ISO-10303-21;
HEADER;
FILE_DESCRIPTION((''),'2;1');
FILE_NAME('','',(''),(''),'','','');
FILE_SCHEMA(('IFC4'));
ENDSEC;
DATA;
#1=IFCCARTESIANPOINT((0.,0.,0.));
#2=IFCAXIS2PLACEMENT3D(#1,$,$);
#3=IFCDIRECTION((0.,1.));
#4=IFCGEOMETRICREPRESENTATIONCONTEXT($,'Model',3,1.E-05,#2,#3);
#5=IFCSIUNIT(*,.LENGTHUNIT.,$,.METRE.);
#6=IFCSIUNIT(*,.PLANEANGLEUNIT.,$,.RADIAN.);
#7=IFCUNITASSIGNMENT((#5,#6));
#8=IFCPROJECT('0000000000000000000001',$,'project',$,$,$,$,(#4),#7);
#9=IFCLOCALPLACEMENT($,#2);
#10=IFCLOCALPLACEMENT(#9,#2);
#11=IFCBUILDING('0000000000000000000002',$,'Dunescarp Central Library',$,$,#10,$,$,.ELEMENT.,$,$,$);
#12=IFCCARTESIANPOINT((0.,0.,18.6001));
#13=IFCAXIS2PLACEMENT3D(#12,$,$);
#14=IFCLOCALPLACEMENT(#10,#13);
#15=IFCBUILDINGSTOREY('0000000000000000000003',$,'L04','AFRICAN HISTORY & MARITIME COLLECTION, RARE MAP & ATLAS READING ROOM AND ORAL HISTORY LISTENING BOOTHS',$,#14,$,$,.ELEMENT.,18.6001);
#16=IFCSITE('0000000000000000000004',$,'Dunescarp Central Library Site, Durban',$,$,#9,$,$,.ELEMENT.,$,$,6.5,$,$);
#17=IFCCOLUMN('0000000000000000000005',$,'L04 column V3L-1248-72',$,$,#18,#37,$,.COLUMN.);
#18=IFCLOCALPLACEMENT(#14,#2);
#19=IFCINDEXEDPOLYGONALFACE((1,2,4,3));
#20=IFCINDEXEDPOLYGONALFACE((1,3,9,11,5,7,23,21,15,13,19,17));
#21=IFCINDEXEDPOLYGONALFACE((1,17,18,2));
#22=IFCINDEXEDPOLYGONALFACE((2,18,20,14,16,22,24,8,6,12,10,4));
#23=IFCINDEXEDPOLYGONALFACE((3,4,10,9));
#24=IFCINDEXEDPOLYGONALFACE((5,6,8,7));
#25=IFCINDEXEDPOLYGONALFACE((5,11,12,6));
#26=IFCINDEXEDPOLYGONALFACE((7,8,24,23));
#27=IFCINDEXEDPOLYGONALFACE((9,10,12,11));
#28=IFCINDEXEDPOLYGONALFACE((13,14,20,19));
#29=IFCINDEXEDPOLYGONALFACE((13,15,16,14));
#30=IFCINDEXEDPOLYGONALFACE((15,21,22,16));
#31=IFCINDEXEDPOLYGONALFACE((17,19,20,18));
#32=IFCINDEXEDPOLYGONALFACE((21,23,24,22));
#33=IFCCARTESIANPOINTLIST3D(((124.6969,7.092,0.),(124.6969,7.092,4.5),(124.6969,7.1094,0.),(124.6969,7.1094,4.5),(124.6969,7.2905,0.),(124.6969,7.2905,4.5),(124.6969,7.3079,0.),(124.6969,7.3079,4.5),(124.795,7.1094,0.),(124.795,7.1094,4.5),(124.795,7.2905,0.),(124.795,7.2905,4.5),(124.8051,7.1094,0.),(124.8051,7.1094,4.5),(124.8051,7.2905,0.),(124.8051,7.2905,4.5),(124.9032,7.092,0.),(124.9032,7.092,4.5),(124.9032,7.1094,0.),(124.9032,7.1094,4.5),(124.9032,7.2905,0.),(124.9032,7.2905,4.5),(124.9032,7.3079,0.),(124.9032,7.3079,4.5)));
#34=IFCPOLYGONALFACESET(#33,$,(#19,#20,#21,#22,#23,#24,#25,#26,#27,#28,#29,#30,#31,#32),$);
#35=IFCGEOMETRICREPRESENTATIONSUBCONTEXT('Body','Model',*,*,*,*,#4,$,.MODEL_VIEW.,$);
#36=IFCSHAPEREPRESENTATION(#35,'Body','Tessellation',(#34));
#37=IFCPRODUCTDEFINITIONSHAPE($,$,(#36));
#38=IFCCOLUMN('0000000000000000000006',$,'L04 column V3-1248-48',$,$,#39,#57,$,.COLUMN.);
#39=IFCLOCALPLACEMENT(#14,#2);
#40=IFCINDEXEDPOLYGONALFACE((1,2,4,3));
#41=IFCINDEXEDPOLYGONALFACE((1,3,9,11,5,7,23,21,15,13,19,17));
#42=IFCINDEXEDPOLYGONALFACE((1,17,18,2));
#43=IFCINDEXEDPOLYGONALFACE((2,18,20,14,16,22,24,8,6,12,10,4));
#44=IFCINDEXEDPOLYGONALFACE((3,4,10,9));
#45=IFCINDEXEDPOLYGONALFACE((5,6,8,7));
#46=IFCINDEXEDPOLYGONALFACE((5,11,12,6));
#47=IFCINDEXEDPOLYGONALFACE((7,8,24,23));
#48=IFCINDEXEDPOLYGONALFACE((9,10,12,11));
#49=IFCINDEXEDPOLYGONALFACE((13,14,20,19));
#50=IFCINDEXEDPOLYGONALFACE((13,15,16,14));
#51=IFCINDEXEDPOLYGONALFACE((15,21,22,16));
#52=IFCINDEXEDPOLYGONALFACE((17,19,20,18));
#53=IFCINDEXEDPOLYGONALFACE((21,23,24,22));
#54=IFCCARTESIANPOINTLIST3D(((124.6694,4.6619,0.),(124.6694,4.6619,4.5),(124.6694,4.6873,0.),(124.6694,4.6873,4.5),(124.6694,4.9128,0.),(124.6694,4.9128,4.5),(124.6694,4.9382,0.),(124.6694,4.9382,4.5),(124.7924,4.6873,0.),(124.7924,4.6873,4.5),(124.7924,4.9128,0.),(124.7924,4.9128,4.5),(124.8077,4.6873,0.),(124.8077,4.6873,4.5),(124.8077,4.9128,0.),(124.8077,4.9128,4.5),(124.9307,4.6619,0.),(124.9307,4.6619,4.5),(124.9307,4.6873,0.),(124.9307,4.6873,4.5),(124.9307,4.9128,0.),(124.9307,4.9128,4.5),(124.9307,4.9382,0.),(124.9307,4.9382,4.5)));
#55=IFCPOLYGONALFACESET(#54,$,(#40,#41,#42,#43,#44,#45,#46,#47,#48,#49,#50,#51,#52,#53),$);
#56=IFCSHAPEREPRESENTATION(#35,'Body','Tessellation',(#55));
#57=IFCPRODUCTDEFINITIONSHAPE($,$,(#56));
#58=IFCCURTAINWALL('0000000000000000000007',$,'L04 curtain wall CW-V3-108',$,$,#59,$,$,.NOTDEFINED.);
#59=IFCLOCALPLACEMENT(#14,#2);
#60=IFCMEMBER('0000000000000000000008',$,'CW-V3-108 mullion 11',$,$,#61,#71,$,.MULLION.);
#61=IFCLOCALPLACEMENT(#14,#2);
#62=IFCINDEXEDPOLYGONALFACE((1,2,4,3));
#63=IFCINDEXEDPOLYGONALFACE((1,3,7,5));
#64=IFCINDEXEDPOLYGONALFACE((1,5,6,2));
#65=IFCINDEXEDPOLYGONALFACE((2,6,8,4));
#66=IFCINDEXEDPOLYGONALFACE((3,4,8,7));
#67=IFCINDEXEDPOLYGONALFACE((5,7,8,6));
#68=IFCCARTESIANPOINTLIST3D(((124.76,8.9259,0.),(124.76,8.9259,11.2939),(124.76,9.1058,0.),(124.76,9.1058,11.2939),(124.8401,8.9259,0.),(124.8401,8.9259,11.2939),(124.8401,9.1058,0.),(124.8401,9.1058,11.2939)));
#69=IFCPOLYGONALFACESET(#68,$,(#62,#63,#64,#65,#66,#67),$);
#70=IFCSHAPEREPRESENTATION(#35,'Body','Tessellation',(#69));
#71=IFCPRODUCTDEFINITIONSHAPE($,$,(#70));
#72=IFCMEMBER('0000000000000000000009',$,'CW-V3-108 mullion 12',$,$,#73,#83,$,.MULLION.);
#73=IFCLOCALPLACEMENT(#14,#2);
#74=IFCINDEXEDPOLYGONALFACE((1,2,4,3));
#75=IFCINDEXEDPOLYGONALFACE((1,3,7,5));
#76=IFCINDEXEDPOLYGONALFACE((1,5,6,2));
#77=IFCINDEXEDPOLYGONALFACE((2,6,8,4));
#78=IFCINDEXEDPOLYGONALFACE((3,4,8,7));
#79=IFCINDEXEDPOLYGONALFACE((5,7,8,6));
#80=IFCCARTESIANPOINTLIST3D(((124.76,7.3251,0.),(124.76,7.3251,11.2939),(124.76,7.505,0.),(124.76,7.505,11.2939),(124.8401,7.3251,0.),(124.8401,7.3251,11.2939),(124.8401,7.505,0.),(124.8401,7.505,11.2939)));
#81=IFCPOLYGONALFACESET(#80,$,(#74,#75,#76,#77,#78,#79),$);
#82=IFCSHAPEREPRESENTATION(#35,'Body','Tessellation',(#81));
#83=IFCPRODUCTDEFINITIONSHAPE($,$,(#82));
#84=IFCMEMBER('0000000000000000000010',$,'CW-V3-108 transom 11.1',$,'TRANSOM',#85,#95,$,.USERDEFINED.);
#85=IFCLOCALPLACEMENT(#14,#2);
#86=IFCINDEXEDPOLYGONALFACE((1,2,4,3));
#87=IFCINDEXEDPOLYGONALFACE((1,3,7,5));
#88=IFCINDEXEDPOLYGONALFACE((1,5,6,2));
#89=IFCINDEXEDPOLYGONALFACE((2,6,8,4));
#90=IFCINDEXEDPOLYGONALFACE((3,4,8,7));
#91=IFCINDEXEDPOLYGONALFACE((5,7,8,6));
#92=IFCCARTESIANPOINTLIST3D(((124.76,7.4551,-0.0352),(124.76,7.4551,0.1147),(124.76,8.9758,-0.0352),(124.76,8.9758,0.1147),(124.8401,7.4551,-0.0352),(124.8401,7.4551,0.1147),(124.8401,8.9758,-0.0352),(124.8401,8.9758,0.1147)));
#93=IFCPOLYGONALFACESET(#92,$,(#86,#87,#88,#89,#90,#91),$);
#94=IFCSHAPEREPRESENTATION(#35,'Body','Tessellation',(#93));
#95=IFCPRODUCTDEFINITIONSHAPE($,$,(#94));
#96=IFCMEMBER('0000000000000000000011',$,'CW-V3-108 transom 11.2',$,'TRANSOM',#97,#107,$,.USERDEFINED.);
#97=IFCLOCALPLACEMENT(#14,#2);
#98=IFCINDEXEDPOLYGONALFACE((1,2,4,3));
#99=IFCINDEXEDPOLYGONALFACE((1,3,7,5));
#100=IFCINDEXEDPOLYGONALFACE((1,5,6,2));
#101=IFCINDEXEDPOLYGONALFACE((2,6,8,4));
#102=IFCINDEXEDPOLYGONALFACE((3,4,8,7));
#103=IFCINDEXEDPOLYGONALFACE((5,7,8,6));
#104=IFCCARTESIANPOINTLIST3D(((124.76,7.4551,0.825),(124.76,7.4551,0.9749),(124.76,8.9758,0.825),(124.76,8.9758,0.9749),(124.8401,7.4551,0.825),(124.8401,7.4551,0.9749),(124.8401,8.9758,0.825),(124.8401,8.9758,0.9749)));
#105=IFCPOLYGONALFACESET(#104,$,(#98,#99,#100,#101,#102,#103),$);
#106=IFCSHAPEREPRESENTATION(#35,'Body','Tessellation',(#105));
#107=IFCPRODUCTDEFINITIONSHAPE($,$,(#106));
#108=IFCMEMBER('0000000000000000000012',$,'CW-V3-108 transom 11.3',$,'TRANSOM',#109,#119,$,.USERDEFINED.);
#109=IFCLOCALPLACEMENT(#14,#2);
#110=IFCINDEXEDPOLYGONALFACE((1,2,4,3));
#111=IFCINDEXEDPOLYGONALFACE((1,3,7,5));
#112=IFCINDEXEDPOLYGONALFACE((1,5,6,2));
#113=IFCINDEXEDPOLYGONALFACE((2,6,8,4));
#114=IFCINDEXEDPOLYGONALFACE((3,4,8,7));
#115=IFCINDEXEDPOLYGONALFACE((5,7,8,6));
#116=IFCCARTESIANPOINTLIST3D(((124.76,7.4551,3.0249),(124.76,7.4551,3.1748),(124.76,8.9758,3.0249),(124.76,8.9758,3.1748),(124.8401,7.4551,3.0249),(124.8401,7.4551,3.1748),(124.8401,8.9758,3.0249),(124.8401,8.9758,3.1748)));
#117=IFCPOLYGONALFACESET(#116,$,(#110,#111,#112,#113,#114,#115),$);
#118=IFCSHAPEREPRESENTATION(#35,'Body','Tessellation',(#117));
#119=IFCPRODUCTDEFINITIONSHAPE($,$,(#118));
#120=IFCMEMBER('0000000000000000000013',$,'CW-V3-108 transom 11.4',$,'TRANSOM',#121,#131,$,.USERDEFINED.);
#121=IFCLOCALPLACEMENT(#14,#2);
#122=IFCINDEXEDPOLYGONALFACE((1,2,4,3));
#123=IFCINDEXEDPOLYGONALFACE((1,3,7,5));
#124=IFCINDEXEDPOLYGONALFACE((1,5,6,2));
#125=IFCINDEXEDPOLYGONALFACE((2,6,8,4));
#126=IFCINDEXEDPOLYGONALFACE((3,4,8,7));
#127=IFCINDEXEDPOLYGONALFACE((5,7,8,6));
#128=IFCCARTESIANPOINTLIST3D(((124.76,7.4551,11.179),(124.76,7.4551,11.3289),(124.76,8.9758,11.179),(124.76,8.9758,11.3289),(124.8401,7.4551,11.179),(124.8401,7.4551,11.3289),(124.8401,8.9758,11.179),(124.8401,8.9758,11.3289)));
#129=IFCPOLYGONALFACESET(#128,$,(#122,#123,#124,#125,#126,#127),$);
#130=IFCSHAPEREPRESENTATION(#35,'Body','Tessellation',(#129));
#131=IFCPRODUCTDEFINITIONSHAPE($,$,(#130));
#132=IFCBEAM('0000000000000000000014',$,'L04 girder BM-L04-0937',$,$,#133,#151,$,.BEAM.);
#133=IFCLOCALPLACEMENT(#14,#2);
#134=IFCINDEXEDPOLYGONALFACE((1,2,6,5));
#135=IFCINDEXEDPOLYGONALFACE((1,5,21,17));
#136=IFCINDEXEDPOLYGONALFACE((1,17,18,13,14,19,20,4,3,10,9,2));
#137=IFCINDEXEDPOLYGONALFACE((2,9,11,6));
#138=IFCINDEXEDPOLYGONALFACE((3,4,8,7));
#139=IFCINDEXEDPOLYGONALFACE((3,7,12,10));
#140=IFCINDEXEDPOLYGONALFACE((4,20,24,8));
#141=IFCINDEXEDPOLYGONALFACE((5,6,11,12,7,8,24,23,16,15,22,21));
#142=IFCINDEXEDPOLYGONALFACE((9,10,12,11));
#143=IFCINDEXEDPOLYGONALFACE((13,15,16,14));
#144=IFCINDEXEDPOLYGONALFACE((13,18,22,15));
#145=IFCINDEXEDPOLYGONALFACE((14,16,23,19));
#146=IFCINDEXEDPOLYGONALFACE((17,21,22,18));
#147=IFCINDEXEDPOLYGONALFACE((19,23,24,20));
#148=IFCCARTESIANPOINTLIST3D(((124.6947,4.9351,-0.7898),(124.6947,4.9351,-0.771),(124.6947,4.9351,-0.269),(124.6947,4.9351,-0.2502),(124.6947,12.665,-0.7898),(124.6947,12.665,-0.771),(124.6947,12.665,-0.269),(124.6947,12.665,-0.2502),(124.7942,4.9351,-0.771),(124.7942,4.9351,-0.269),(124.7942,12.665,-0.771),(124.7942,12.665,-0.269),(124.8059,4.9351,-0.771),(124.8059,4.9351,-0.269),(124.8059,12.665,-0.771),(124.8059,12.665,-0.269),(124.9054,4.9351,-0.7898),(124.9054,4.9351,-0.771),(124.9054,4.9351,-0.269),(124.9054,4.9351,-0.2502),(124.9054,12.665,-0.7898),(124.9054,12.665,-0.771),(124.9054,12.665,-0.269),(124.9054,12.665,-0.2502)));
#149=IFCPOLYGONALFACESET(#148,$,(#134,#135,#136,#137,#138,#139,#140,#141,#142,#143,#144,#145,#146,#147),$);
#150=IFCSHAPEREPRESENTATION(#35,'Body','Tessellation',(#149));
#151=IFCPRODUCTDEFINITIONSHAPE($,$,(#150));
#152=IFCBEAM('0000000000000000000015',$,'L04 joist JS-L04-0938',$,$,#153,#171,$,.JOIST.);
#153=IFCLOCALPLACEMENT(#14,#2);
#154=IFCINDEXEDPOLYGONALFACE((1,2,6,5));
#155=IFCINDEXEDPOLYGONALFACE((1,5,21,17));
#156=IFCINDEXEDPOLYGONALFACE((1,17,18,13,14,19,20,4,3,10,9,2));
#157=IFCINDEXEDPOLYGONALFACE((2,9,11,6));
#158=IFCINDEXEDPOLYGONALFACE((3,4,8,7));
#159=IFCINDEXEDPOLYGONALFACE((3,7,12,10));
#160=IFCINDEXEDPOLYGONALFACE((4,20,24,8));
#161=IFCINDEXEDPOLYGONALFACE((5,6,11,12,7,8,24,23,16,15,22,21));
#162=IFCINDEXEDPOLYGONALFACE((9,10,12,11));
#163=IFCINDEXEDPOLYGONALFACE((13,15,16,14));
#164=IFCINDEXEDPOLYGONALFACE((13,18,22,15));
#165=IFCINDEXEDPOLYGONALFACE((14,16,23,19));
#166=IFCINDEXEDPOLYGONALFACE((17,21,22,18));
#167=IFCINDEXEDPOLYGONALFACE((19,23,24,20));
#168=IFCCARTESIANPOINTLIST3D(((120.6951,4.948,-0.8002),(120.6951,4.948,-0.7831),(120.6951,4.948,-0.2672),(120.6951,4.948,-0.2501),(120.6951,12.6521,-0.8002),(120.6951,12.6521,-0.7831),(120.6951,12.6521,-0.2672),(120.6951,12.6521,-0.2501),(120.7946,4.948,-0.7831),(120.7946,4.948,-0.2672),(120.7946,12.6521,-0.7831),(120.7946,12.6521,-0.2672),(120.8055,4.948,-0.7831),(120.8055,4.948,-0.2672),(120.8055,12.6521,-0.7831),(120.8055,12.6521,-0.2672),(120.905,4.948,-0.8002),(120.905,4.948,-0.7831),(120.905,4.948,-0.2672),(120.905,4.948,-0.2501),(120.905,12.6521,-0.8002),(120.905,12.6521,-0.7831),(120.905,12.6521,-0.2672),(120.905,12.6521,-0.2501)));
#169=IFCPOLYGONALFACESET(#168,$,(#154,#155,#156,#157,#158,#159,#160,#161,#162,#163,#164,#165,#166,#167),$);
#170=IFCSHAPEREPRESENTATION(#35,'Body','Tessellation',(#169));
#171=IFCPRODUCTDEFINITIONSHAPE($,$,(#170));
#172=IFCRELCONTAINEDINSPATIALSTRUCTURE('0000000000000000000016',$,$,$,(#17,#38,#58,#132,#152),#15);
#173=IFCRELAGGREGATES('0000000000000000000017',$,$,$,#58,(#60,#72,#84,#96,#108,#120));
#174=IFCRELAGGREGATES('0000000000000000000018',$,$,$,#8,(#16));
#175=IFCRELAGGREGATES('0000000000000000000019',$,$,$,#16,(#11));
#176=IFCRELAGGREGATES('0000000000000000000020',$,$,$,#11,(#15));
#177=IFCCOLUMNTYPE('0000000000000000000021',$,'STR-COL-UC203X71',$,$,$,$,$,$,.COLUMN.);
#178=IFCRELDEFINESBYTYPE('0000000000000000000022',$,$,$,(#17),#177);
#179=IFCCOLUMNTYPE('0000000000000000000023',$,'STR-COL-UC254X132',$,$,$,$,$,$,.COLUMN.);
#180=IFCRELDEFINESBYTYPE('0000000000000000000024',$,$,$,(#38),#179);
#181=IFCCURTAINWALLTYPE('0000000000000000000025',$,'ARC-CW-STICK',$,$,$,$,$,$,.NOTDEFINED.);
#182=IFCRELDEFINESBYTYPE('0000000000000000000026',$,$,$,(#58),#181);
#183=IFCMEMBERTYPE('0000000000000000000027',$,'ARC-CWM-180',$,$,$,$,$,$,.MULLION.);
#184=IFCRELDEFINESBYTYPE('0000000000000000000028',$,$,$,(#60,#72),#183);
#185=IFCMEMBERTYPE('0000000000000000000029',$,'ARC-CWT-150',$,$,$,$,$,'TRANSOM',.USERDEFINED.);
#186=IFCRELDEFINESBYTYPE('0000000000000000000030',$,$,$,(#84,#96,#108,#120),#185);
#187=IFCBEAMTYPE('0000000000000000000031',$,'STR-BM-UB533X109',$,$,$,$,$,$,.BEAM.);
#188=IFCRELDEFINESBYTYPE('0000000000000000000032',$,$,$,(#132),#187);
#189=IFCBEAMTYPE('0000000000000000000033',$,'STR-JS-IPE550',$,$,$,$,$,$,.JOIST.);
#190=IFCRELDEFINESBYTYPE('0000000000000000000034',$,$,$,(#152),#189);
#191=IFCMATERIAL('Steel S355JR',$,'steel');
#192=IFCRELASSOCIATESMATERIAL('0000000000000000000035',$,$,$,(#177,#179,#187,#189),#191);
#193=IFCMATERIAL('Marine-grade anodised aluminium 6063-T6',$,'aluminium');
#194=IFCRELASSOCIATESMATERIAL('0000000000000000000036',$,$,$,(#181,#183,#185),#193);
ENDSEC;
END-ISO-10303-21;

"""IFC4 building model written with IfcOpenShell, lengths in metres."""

from ifc_helpers import new_model, si_unit, direction, frame, origin, origin_2d, place, context, subcontext, project, spatial, rectangle, i_section, extrude, material, material_profile, profile_set, type_object, element, aggregate, save


model = new_model("IFC4")

# Units and contexts
model_context = context("Model", 3, precision=1e-05, world=origin(), true_north=direction((0.0, 1.0)))
body_context = subcontext(model_context, "Body", "Model", "MODEL_VIEW")
ifc_project = project(units=[si_unit("LENGTHUNIT", "METRE"), si_unit("PLANEANGLEUNIT", "RADIAN")], contexts=[model_context])

# Site, building, storey
site_placement = place(None, origin())
site = spatial("IfcSite", under=ifc_project, at=site_placement, Name="Dunescarp Central Library Site, Durban", CompositionType="ELEMENT", RefElevation=6.5)
building_placement = place(site_placement, origin())
building = spatial("IfcBuilding", under=site, at=building_placement, Name="Dunescarp Central Library", CompositionType="ELEMENT")
storey_placement = place(building_placement, frame((0.0, 0.0, 18.6001)))
storey = spatial("IfcBuildingStorey", under=building, at=storey_placement, Name="L04", Description="AFRICAN HISTORY & MARITIME COLLECTION, RARE MAP & ATLAS READING ROOM AND ORAL HISTORY LISTENING BOOTHS", CompositionType="ELEMENT", Elevation=18.6001)

# Columns
ifc_material_1 = material(Name="Steel S355JR", Category="steel")
ifc_material_profile_1 = material_profile(ifc_material_1, i_section(OverallWidth=0.2063, OverallDepth=0.2158, WebThickness=0.01, FlangeThickness=0.0173, at=origin_2d()), Name="UC 203x203x71")
ifc_profile_set_1 = profile_set([ifc_material_profile_1], Name="Steel S355JR")
column_type_1 = type_object("IfcColumnType", Name="STR-COL-UC203X71", PredefinedType="COLUMN", material=ifc_profile_set_1)
column_1_placement = place(storey_placement, frame((124.8, 7.2, 0.0), z_axis=(0.0, 0.0, 1.0), x_axis=(1.0, 0.0, 0.0)))
element("IfcColumn", 1, at=column_1_placement, inside=storey, type_object=column_type_1, Name="L04 column V3L-1248-72", PredefinedType="COLUMN", context=body_context, shape_type="SweptSolid", body=[
    extrude(i_section(OverallWidth=0.2063, OverallDepth=0.2158, WebThickness=0.01, FlangeThickness=0.0173, at=origin_2d()), origin(), (0.0, 0.0, 1.0), 4.5),
])
ifc_material_profile_2 = material_profile(ifc_material_1, i_section(OverallWidth=0.2612, OverallDepth=0.2764, WebThickness=0.0154, FlangeThickness=0.0254, at=origin_2d()), Name="UC 254x254x132")
ifc_profile_set_2 = profile_set([ifc_material_profile_2], Name="Steel S355JR")
column_type_2 = type_object("IfcColumnType", Name="STR-COL-UC254X132", PredefinedType="COLUMN", material=ifc_profile_set_2)
column_2_placement = place(storey_placement, frame((124.8, 4.8, 0.0), z_axis=(0.0, 0.0, 1.0), x_axis=(1.0, 0.0, 0.0)))
element("IfcColumn", 2, at=column_2_placement, inside=storey, type_object=column_type_2, Name="L04 column V3-1248-48", PredefinedType="COLUMN", context=body_context, shape_type="SweptSolid", body=[
    extrude(i_section(OverallWidth=0.2612, OverallDepth=0.2764, WebThickness=0.0154, FlangeThickness=0.0254, at=origin_2d()), origin(), (0.0, 0.0, 1.0), 4.5),
])

# Curtain wall, members
ifc_material_2 = material(Name="Marine-grade anodised aluminium 6063-T6", Category="aluminium")
curtain_wall_type = type_object("IfcCurtainWallType", Name="ARC-CW-STICK", PredefinedType="NOTDEFINED", material=ifc_material_2)
curtain_wall_placement = place(storey_placement, origin())
curtain_wall = element("IfcCurtainWall", 3, at=curtain_wall_placement, inside=storey, type_object=curtain_wall_type, Name="L04 curtain wall CW-V3-108", PredefinedType="NOTDEFINED")
ifc_material_profile_3 = material_profile(ifc_material_2, rectangle(XDim=0.0801, YDim=0.1799, at=origin_2d()), Name="AL 80x180")
ifc_profile_set_3 = profile_set([ifc_material_profile_3], Name="Marine-grade anodised aluminium 6063-T6")
member_type_1 = type_object("IfcMemberType", Name="ARC-CWM-180", PredefinedType="MULLION", material=ifc_profile_set_3)
member_1_placement = place(storey_placement, frame((124.8, 9.0159, 0.0), z_axis=(0.0, 0.0, 1.0), x_axis=(1.0, 0.0, 0.0)))
member_1 = element("IfcMember", 4, at=member_1_placement, type_object=member_type_1, Name="CW-V3-108 mullion 11", PredefinedType="MULLION", context=body_context, shape_type="SweptSolid", body=[
    extrude(rectangle(XDim=0.0801, YDim=0.1799, at=origin_2d()), origin(), (0.0, 0.0, 1.0), 11.2939),
])
member_2_placement = place(storey_placement, frame((124.8, 7.415, 0.0), z_axis=(0.0, 0.0, 1.0), x_axis=(1.0, 0.0, 0.0)))
member_2 = element("IfcMember", 5, at=member_2_placement, type_object=member_type_1, Name="CW-V3-108 mullion 12", PredefinedType="MULLION", context=body_context, shape_type="SweptSolid", body=[
    extrude(rectangle(XDim=0.0801, YDim=0.1799, at=origin_2d()), origin(), (0.0, 0.0, 1.0), 11.2939),
])
ifc_material_profile_4 = material_profile(ifc_material_2, rectangle(XDim=0.0801, YDim=0.1499, at=origin_2d()), Name="AL 80x150")
ifc_profile_set_4 = profile_set([ifc_material_profile_4], Name="Marine-grade anodised aluminium 6063-T6")
member_type_2 = type_object("IfcMemberType", Name="ARC-CWT-150", ElementType="TRANSOM", PredefinedType="USERDEFINED", material=ifc_profile_set_4)
member_3_placement = place(storey_placement, frame((124.8, 8.9758, 0.0398), z_axis=(0.0, -1.0, 0.0), x_axis=(1.0, 0.0, 0.0)))
member_3 = element("IfcMember", 6, at=member_3_placement, type_object=member_type_2, Name="CW-V3-108 transom 11.1", ObjectType="TRANSOM", PredefinedType="USERDEFINED", context=body_context, shape_type="SweptSolid", body=[
    extrude(rectangle(XDim=0.0801, YDim=0.1499, at=origin_2d()), origin(), (0.0, 0.0, 1.0), 1.5208),
])
member_4_placement = place(storey_placement, frame((124.8, 8.9758, 0.8999), z_axis=(0.0, -1.0, 0.0), x_axis=(1.0, 0.0, 0.0)))
member_4 = element("IfcMember", 7, at=member_4_placement, type_object=member_type_2, Name="CW-V3-108 transom 11.2", ObjectType="TRANSOM", PredefinedType="USERDEFINED", context=body_context, shape_type="SweptSolid", body=[
    extrude(rectangle(XDim=0.0801, YDim=0.1499, at=origin_2d()), origin(), (0.0, 0.0, 1.0), 1.5208),
])
member_5_placement = place(storey_placement, frame((124.8, 8.9758, 3.0999), z_axis=(0.0, -1.0, 0.0), x_axis=(1.0, 0.0, 0.0)))
member_5 = element("IfcMember", 8, at=member_5_placement, type_object=member_type_2, Name="CW-V3-108 transom 11.3", ObjectType="TRANSOM", PredefinedType="USERDEFINED", context=body_context, shape_type="SweptSolid", body=[
    extrude(rectangle(XDim=0.0801, YDim=0.1499, at=origin_2d()), origin(), (0.0, 0.0, 1.0), 1.5208),
])
member_6_placement = place(storey_placement, frame((124.8, 8.9758, 11.2539), z_axis=(0.0, -1.0, 0.0), x_axis=(1.0, 0.0, 0.0)))
member_6 = element("IfcMember", 9, at=member_6_placement, type_object=member_type_2, Name="CW-V3-108 transom 11.4", ObjectType="TRANSOM", PredefinedType="USERDEFINED", context=body_context, shape_type="SweptSolid", body=[
    extrude(rectangle(XDim=0.0801, YDim=0.1499, at=origin_2d()), origin(), (0.0, 0.0, 1.0), 1.5208),
])

# Beams
ifc_material_profile_5 = material_profile(ifc_material_1, i_section(OverallWidth=0.2107, OverallDepth=0.5396, WebThickness=0.0117, FlangeThickness=0.0188, at=origin_2d()), Name="UB 533x210x109")
ifc_profile_set_5 = profile_set([ifc_material_profile_5], Name="Steel S355JR")
beam_type_1 = type_object("IfcBeamType", Name="STR-BM-UB533X109", PredefinedType="BEAM", material=ifc_profile_set_5)
beam_placement = place(storey_placement, frame((124.8, 4.9351, -0.52), z_axis=(0.0, 1.0, 0.0), x_axis=(-1.0, 0.0, 0.0)))
element("IfcBeam", 10, at=beam_placement, inside=storey, type_object=beam_type_1, Name="L04 girder BM-L04-0937", PredefinedType="BEAM", context=body_context, shape_type="SweptSolid", body=[
    extrude(i_section(OverallWidth=0.2107, OverallDepth=0.5396, WebThickness=0.0117, FlangeThickness=0.0188, at=origin_2d()), origin(), (0.0, 0.0, 1.0), 7.73),
])
ifc_material_profile_6 = material_profile(ifc_material_1, i_section(OverallWidth=0.21, OverallDepth=0.55, WebThickness=0.011, FlangeThickness=0.0171, at=origin_2d()), Name="IPE 550")
ifc_profile_set_6 = profile_set([ifc_material_profile_6], Name="Steel S355JR")
beam_type_2 = type_object("IfcBeamType", Name="STR-JS-IPE550", PredefinedType="JOIST", material=ifc_profile_set_6)
for number, where, z_axis, x_axis, name in (
    (11, (120.8, 4.948, -0.5251), (0.0, 1.0, 0.0), (-1.0, 0.0, 0.0), "L04 joist JS-L04-0938"),
):
    element("IfcBeam", number, at=place(storey_placement, frame(where, z_axis=z_axis, x_axis=x_axis)), inside=storey, type_object=beam_type_2, Name=name, PredefinedType="JOIST", context=body_context, shape_type="SweptSolid", body=[
        extrude(i_section(OverallWidth=0.21, OverallDepth=0.55, WebThickness=0.011, FlangeThickness=0.0171, at=origin_2d()), origin(), (0.0, 0.0, 1.0), 7.7041),
    ])

aggregate(curtain_wall, [member_1, member_2, member_3, member_4, member_5, member_6])

save(model, "model.ifc")
